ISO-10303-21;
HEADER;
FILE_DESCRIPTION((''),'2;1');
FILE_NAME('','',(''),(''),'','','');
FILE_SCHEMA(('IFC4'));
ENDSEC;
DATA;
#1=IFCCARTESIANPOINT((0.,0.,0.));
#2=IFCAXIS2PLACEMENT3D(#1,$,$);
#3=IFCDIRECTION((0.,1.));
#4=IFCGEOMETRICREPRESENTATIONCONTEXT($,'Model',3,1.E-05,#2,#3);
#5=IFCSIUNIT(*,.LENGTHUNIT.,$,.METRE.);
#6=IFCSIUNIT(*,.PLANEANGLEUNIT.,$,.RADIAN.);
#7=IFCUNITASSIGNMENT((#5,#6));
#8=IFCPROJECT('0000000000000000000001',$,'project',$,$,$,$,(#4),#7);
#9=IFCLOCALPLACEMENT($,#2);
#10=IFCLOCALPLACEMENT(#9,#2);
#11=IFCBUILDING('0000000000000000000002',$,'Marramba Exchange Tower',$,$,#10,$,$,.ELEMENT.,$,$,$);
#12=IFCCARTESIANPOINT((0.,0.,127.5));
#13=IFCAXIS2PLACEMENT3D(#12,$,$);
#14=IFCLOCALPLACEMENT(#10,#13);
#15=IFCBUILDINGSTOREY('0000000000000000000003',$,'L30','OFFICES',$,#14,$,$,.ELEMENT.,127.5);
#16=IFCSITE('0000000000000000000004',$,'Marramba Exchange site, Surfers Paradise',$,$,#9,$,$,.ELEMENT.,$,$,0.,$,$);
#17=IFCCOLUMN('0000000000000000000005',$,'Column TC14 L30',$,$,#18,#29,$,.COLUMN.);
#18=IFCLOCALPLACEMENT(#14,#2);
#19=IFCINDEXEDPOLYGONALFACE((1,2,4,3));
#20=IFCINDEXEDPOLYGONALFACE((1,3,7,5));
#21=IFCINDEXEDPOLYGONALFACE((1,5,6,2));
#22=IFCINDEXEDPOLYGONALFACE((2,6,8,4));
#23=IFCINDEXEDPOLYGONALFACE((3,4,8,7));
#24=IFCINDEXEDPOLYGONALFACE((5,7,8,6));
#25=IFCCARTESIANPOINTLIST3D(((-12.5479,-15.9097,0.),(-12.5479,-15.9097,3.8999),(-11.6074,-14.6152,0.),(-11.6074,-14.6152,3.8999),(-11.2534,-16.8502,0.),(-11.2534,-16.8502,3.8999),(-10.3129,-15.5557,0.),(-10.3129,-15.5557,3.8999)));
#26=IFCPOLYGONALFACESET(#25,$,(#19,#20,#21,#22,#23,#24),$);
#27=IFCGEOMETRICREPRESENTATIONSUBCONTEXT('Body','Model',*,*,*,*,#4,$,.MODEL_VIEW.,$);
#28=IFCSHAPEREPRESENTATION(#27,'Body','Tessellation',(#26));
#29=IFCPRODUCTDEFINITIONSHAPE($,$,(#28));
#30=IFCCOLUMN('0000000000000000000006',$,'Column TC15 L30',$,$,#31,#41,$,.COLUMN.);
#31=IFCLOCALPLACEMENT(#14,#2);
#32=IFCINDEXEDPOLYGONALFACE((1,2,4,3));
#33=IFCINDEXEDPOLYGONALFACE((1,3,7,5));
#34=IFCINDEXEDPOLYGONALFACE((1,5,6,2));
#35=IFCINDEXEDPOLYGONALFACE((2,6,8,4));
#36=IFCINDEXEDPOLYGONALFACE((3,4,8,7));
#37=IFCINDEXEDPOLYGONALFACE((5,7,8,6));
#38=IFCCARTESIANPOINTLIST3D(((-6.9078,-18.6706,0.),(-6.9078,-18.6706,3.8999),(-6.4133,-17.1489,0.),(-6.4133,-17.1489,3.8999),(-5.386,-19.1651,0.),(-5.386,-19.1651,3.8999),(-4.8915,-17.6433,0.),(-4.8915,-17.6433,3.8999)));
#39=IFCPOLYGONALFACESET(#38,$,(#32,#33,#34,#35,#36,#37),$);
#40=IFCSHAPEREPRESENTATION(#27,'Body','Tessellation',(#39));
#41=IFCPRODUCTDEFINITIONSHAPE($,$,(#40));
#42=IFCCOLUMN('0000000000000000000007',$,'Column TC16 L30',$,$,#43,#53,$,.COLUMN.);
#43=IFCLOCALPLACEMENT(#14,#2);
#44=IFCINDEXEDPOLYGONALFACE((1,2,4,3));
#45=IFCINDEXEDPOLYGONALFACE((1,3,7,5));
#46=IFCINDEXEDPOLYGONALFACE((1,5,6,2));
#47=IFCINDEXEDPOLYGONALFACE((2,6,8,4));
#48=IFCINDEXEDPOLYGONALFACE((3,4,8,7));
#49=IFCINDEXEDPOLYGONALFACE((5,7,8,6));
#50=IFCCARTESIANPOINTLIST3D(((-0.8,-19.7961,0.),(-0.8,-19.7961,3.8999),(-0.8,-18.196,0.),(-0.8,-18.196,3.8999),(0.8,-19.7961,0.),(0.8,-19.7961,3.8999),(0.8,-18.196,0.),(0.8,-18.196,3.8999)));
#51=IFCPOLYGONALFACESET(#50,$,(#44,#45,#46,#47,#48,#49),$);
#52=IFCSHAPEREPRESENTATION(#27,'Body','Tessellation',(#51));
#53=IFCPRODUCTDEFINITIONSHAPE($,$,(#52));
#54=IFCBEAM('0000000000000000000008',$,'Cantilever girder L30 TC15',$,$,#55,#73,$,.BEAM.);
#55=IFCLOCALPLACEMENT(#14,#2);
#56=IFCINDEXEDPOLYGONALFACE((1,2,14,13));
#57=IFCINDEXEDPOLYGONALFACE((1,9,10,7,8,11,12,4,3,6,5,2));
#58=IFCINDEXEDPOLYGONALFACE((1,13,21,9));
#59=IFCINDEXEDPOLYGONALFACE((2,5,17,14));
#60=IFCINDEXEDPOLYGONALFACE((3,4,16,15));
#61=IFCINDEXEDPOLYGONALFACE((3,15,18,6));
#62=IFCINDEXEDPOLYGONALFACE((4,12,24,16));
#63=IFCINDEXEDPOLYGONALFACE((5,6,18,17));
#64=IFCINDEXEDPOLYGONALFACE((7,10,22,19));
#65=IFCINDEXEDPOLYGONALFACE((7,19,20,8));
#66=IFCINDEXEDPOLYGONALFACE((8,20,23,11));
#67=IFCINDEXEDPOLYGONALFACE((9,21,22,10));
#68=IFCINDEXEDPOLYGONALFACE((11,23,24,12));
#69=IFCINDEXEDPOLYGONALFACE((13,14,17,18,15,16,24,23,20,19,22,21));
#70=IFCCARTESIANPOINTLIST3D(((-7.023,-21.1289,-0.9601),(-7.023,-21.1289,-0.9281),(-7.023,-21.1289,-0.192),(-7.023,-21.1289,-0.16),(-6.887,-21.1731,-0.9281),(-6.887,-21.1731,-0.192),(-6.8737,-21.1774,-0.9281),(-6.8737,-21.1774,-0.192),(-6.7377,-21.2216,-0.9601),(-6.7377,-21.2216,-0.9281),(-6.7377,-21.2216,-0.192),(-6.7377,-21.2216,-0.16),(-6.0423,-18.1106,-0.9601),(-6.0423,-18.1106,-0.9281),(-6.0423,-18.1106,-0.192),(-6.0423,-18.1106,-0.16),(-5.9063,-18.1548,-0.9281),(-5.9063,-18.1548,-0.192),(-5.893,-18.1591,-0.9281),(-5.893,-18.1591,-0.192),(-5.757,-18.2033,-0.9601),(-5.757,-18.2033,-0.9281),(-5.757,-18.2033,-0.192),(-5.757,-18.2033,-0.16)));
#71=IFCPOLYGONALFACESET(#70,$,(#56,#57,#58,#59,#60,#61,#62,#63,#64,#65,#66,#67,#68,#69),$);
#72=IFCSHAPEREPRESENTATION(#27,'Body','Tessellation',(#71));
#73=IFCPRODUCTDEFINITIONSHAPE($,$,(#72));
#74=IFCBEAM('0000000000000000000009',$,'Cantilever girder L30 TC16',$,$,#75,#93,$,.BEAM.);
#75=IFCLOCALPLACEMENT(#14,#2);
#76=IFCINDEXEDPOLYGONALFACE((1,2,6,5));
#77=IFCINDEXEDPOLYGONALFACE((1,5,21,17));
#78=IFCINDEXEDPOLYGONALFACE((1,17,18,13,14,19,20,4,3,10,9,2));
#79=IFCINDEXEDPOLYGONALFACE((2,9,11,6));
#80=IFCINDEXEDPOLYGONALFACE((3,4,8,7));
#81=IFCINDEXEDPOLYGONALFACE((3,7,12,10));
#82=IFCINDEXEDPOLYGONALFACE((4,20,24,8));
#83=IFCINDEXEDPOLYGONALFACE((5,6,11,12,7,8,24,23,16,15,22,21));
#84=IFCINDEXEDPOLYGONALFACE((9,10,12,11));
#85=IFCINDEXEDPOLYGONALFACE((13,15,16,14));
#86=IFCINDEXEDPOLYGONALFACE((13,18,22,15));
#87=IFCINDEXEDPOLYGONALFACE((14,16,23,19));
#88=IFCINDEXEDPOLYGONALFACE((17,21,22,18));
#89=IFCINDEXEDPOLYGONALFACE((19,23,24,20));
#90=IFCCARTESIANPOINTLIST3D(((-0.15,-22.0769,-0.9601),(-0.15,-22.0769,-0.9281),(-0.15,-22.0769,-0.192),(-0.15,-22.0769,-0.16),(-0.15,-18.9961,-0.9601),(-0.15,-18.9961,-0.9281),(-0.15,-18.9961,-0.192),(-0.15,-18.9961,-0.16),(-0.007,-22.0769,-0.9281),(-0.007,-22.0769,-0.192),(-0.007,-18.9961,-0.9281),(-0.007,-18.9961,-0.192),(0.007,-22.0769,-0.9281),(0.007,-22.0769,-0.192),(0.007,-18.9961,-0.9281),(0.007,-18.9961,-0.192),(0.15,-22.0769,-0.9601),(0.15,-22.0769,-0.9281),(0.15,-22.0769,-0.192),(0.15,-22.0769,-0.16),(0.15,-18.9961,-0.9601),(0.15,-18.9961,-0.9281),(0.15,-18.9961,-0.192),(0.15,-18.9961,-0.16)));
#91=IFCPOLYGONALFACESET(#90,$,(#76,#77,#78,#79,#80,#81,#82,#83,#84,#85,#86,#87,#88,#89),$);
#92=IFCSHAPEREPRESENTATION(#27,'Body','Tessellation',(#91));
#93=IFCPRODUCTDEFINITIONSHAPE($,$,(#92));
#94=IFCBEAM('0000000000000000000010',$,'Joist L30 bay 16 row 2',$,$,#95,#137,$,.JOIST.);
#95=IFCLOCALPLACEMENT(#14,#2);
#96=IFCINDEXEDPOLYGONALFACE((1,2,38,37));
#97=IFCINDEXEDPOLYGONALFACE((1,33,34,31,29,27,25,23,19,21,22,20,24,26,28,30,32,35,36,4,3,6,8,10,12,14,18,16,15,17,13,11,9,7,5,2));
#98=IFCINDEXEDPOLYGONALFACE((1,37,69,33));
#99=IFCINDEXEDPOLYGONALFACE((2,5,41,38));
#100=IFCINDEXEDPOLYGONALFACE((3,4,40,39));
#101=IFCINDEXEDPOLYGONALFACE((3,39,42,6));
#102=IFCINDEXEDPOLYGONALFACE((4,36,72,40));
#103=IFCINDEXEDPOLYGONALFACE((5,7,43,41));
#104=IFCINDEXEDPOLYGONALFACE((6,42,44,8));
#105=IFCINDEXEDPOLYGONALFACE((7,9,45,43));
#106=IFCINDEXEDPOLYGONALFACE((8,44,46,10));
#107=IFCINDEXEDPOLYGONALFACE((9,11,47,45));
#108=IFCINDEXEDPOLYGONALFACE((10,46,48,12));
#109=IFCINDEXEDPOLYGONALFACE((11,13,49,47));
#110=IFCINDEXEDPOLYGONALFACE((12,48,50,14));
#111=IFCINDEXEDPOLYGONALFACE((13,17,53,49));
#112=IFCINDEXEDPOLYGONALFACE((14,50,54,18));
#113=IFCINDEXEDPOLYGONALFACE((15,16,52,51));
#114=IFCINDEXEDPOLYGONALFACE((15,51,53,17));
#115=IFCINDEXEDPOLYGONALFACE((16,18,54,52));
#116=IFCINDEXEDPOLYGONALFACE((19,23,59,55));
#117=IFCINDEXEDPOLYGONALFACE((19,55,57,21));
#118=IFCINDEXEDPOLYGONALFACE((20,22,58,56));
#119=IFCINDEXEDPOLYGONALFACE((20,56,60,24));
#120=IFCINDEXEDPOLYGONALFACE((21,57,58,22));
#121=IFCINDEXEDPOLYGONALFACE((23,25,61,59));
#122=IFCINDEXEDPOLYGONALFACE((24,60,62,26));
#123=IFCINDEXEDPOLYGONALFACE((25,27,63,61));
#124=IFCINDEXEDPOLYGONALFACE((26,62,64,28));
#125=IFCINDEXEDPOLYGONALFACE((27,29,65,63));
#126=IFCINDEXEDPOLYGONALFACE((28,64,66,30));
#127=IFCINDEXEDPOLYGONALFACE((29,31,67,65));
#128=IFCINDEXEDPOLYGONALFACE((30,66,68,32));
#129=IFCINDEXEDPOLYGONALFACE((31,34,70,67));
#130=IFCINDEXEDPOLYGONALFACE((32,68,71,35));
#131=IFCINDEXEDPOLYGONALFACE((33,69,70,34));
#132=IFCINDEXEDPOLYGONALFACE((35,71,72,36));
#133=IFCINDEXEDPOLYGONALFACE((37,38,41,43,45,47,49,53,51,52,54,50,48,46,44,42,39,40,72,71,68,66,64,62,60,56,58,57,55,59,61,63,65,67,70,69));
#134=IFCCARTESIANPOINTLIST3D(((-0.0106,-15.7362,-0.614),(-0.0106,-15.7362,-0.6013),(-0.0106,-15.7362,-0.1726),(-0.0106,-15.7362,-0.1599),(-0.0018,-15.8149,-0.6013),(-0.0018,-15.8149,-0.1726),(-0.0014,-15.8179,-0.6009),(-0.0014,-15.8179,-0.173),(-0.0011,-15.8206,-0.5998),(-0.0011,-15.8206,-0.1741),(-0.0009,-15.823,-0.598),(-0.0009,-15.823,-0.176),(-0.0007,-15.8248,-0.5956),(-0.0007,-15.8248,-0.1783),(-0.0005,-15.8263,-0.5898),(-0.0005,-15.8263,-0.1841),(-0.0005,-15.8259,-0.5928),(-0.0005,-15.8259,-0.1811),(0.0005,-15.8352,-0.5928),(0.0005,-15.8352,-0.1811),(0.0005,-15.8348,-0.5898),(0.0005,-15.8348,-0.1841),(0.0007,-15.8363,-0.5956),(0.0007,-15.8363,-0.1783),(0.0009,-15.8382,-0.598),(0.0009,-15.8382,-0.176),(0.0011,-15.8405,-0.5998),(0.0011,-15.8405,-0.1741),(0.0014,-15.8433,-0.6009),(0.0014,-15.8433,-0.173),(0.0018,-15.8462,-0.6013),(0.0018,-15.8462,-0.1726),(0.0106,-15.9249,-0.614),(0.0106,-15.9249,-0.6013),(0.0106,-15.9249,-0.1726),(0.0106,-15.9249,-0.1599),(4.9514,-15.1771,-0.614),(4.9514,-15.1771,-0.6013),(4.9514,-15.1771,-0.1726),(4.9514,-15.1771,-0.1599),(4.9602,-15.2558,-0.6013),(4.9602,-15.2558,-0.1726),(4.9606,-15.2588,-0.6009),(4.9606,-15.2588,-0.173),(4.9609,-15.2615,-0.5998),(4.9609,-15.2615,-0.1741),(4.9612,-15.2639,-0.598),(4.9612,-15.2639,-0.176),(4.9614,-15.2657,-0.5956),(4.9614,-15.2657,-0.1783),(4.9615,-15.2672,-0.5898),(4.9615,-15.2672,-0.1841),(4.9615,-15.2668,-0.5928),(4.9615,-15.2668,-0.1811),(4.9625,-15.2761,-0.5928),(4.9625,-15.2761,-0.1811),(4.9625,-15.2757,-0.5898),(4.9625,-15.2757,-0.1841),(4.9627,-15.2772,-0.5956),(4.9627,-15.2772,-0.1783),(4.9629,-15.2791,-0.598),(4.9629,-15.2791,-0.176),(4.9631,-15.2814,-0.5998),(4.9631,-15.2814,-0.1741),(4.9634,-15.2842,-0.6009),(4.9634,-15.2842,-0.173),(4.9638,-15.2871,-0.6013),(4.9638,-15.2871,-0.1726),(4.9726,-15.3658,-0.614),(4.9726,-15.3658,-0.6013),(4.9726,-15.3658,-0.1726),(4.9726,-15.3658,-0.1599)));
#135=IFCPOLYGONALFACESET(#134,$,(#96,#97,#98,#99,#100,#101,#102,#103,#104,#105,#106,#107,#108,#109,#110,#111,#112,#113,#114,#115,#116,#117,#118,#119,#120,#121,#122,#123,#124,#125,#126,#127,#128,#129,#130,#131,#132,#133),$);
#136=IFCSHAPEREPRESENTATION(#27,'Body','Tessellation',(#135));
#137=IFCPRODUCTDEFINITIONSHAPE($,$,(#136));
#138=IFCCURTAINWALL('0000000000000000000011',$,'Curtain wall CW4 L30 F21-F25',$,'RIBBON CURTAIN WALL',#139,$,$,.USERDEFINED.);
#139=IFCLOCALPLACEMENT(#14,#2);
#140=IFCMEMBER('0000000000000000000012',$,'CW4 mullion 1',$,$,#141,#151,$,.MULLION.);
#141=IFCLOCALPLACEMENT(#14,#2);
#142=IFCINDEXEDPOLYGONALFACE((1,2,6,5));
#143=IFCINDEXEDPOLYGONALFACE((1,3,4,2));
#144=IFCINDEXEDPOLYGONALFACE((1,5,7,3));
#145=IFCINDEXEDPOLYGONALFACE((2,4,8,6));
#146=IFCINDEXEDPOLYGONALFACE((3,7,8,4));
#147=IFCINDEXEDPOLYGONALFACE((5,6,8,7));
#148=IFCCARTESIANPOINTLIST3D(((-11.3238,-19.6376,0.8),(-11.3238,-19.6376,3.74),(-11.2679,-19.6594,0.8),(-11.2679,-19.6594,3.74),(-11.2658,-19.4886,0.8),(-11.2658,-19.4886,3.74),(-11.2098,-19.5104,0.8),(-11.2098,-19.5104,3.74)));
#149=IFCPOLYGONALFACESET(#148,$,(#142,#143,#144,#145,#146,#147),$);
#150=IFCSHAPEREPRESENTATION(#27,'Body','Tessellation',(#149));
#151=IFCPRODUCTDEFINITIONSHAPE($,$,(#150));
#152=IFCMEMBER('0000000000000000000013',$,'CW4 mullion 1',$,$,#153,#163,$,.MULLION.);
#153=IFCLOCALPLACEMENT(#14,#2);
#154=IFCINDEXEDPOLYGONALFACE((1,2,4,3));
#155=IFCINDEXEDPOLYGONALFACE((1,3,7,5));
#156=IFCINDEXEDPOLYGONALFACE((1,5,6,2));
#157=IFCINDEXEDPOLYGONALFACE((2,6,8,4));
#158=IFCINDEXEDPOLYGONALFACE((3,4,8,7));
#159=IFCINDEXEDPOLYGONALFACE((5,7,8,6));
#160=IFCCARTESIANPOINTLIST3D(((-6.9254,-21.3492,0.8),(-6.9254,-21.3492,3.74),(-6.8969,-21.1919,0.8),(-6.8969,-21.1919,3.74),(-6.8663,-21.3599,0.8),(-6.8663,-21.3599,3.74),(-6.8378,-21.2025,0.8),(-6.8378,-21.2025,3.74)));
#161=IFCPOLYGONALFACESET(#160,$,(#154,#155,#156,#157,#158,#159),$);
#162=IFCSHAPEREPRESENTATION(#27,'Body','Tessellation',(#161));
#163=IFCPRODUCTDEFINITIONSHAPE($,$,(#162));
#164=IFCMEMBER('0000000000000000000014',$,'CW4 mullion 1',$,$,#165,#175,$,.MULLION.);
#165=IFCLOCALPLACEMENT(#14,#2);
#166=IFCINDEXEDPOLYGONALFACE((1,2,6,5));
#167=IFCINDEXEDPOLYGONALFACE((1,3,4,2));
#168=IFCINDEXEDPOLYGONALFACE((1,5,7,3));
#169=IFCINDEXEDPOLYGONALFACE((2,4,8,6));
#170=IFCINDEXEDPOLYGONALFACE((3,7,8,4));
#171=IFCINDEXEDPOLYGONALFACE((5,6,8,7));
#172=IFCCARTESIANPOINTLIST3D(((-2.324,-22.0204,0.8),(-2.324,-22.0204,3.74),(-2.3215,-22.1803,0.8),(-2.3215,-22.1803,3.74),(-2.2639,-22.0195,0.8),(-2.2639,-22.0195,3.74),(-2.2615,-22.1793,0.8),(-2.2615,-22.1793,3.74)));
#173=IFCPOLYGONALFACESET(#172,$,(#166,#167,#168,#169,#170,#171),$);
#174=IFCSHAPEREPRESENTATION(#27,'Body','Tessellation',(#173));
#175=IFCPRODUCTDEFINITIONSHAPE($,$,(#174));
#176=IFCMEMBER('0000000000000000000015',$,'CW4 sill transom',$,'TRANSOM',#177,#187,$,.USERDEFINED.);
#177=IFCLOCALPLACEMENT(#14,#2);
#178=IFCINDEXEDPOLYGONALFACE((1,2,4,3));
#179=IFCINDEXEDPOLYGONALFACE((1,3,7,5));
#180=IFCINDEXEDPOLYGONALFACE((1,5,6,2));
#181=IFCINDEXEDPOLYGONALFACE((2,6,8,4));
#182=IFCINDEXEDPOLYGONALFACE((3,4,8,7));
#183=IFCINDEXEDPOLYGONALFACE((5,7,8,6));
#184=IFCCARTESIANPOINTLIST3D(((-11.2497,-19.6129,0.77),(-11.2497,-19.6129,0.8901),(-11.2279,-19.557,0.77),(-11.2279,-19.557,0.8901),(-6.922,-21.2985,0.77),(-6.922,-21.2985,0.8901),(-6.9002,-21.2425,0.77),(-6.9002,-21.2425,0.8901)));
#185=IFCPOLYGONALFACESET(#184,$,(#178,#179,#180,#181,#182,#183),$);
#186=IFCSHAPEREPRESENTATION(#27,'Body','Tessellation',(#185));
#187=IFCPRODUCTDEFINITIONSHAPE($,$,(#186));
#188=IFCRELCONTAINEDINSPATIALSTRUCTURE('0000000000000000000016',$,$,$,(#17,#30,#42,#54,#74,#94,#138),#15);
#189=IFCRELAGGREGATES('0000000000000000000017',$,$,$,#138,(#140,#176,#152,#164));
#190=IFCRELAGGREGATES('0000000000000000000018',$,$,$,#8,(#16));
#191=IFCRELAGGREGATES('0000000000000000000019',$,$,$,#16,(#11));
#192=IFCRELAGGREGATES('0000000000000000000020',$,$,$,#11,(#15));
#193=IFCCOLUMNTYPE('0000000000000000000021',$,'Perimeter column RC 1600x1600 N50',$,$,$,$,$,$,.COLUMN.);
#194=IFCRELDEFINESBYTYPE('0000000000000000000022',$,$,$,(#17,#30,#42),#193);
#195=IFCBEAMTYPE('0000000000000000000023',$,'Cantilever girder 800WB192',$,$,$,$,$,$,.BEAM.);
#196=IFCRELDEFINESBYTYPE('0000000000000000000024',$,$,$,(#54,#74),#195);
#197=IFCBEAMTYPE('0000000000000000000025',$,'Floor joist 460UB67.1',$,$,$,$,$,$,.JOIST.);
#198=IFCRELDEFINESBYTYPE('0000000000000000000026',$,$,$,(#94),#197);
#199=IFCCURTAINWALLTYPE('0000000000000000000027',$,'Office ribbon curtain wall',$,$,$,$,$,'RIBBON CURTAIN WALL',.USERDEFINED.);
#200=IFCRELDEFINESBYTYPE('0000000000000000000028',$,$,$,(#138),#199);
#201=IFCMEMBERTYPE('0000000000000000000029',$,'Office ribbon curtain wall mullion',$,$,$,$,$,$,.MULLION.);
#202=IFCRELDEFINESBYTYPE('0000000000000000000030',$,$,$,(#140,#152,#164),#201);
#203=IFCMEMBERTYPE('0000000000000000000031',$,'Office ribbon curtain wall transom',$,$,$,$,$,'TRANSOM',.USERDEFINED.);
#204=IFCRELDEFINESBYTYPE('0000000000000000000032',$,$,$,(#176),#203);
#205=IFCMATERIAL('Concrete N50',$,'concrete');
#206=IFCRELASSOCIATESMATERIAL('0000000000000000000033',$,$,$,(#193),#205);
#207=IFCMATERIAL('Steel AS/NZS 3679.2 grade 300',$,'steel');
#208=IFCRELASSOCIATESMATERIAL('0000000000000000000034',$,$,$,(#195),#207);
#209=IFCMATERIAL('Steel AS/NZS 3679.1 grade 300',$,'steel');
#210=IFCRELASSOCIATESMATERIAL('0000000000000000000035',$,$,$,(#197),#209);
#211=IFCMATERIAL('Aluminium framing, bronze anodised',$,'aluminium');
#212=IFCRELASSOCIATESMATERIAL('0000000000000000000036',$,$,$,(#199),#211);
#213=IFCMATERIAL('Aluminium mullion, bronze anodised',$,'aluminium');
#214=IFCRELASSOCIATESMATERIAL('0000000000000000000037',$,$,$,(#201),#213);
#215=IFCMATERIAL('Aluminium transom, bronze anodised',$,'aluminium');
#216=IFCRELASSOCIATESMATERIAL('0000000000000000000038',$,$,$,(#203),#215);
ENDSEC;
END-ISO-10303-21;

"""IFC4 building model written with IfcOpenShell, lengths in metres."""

from ifc_helpers import new_model, si_unit, direction, frame, origin, origin_2d, place, context, subcontext, project, spatial, rectangle, i_section, extrude, material, material_profile, profile_set, type_object, element, aggregate, save


model = new_model("IFC4")

# Units and contexts
model_context = context("Model", 3, precision=1e-05, world=origin(), true_north=direction((0.0, 1.0)))
body_context = subcontext(model_context, "Body", "Model", "MODEL_VIEW")
ifc_project = project(units=[si_unit("LENGTHUNIT", "METRE"), si_unit("PLANEANGLEUNIT", "RADIAN")], contexts=[model_context])

# Site, building, storey
site_placement = place(None, origin())
site = spatial("IfcSite", under=ifc_project, at=site_placement, Name="Marramba Exchange site, Surfers Paradise", CompositionType="ELEMENT", RefElevation=0.0)
building_placement = place(site_placement, origin())
building = spatial("IfcBuilding", under=site, at=building_placement, Name="Marramba Exchange Tower", CompositionType="ELEMENT")
storey_placement = place(building_placement, frame((0.0, 0.0, 127.5)))
storey = spatial("IfcBuildingStorey", under=building, at=storey_placement, Name="L30", Description="OFFICES", CompositionType="ELEMENT", Elevation=127.5)

# Columns
ifc_material_1 = material(Name="Concrete N50", Category="concrete")
ifc_material_profile_1 = material_profile(ifc_material_1, rectangle(XDim=1.6001, YDim=1.6001, at=origin_2d()), Name="RC 1600x1600")
ifc_profile_set_1 = profile_set([ifc_material_profile_1], Name="Concrete N50")
column_type = type_object("IfcColumnType", Name="Perimeter column RC 1600x1600 N50", PredefinedType="COLUMN", material=ifc_profile_set_1)
for number, where, z_axis, x_axis, name in (
    (1, (-11.4304, -15.7327, 0.0), (0.0, 0.0, 1.0), (-0.587785, -0.809017, 0.0), "Column TC14 L30"),
    (2, (-5.8997, -18.157, 0.0), (0.0, 0.0, 1.0), (-0.309017, -0.951057, 0.0), "Column TC15 L30"),
    (3, (0.0, -18.9961, 0.0), (0.0, 0.0, 1.0), (0.0, -1.0, 0.0), "Column TC16 L30"),
):
    element("IfcColumn", number, at=place(storey_placement, frame(where, z_axis=z_axis, x_axis=x_axis)), inside=storey, type_object=column_type, Name=name, PredefinedType="COLUMN", context=body_context, shape_type="SweptSolid", body=[
        extrude(rectangle(XDim=1.6001, YDim=1.6001, at=origin_2d()), origin(), (0.0, 0.0, 1.0), 3.8999),
    ])

# Beams
ifc_material_2 = material(Name="Steel AS/NZS 3679.2 grade 300", Category="steel")
ifc_material_profile_2 = material_profile(ifc_material_2, i_section(OverallWidth=0.3, OverallDepth=0.8, WebThickness=0.0139, FlangeThickness=0.032, at=origin_2d()), Name="800WB192")
ifc_profile_set_2 = profile_set([ifc_material_profile_2], Name="Steel AS/NZS 3679.2 grade 300")
beam_type_1 = type_object("IfcBeamType", Name="Cantilever girder 800WB192", PredefinedType="BEAM", material=ifc_profile_set_2)
beam_1_placement = place(storey_placement, frame((-5.8997, -18.157, -0.5601), z_axis=(-0.309018, -0.951056, 0.0), x_axis=(0.951056, -0.309018, 0.0)))
element("IfcBeam", 4, at=beam_1_placement, inside=storey, type_object=beam_type_1, Name="Cantilever girder L30 TC15", PredefinedType="BEAM", context=body_context, shape_type="SweptSolid", body=[
    extrude(i_section(OverallWidth=0.3, OverallDepth=0.8, WebThickness=0.0139, FlangeThickness=0.032, at=origin_2d()), origin(), (0.0, 0.0, 1.0), 3.1736),
])
beam_2_placement = place(storey_placement, frame((0.0, -18.9961, -0.5601), z_axis=(0.0, -1.0, 0.0), x_axis=(1.0, 0.0, 0.0)))
element("IfcBeam", 5, at=beam_2_placement, inside=storey, type_object=beam_type_1, Name="Cantilever girder L30 TC16", PredefinedType="BEAM", context=body_context, shape_type="SweptSolid", body=[
    extrude(i_section(OverallWidth=0.3, OverallDepth=0.8, WebThickness=0.0139, FlangeThickness=0.032, at=origin_2d()), origin(), (0.0, 0.0, 1.0), 3.0808),
])
ifc_material_3 = material(Name="Steel AS/NZS 3679.1 grade 300", Category="steel")
ifc_material_profile_3 = material_profile(ifc_material_3, i_section(OverallWidth=0.1899, OverallDepth=0.4541, WebThickness=0.0085, FlangeThickness=0.0127, FilletRadius=0.0115, at=origin_2d()), Name="460UB67.1")
ifc_profile_set_3 = profile_set([ifc_material_profile_3], Name="Steel AS/NZS 3679.1 grade 300")
beam_type_2 = type_object("IfcBeamType", Name="Floor joist 460UB67.1", PredefinedType="JOIST", material=ifc_profile_set_3)
beam_3_placement = place(storey_placement, frame((0.0, -15.8306, -0.387), z_axis=(0.993712, 0.111966, 0.0), x_axis=(-0.111966, 0.993712, 0.0)))
element("IfcBeam", 6, at=beam_3_placement, inside=storey, type_object=beam_type_2, Name="Joist L30 bay 16 row 2", PredefinedType="JOIST", context=body_context, shape_type="SweptSolid", body=[
    extrude(i_section(OverallWidth=0.1899, OverallDepth=0.4541, WebThickness=0.0085, FlangeThickness=0.0127, FilletRadius=0.0115, at=origin_2d()), origin(), (0.0, 0.0, 1.0), 4.9934),
])

# Curtain wall, members
ifc_material_4 = material(Name="Aluminium framing, bronze anodised", Category="aluminium")
curtain_wall_type = type_object("IfcCurtainWallType", Name="Office ribbon curtain wall", ElementType="RIBBON CURTAIN WALL", PredefinedType="USERDEFINED", material=ifc_material_4)
curtain_wall_placement = place(storey_placement, origin())
curtain_wall = element("IfcCurtainWall", 7, at=curtain_wall_placement, inside=storey, type_object=curtain_wall_type, Name="Curtain wall CW4 L30 F21-F25", ObjectType="RIBBON CURTAIN WALL", PredefinedType="USERDEFINED")
ifc_material_5 = material(Name="Aluminium mullion, bronze anodised", Category="aluminium")
ifc_material_profile_4 = material_profile(ifc_material_5, rectangle(XDim=0.1599, YDim=0.0601, at=origin_2d()), Name="CW4 mullion 60x160")
ifc_profile_set_4 = profile_set([ifc_material_profile_4], Name="Aluminium mullion, bronze anodised")
member_type_1 = type_object("IfcMemberType", Name="Office ribbon curtain wall mullion", PredefinedType="MULLION", material=ifc_profile_set_4)
member_1_placement = place(storey_placement, frame((-11.2668, -19.574, 0.8), z_axis=(0.0, 0.0, 1.0), x_axis=(0.362925, 0.931818, 0.0)))
member_1 = element("IfcMember", 8, at=member_1_placement, type_object=member_type_1, Name="CW4 mullion 1", PredefinedType="MULLION", context=body_context, shape_type="SweptSolid", body=[
    extrude(rectangle(XDim=0.1599, YDim=0.0601, at=origin_2d()), origin(), (0.0, 0.0, 1.0), 2.9399),
])
member_2_placement = place(storey_placement, frame((-6.8816, -21.2759, 0.8), z_axis=(0.0, 0.0, 1.0), x_axis=(0.177992, 0.984032, 0.0)))
member_2 = element("IfcMember", 9, at=member_2_placement, type_object=member_type_1, Name="CW4 mullion 1", PredefinedType="MULLION", context=body_context, shape_type="SweptSolid", body=[
    extrude(rectangle(XDim=0.1599, YDim=0.0601, at=origin_2d()), origin(), (0.0, 0.0, 1.0), 2.9399),
])
member_3_placement = place(storey_placement, frame((-2.2927, -22.0999, 0.8), z_axis=(0.0, 0.0, 1.0), x_axis=(-0.015179, 0.999885, 0.0)))
member_3 = element("IfcMember", 10, at=member_3_placement, type_object=member_type_1, Name="CW4 mullion 1", PredefinedType="MULLION", context=body_context, shape_type="SweptSolid", body=[
    extrude(rectangle(XDim=0.1599, YDim=0.0601, at=origin_2d()), origin(), (0.0, 0.0, 1.0), 2.9399),
])
ifc_material_6 = material(Name="Aluminium transom, bronze anodised", Category="aluminium")
ifc_material_profile_5 = material_profile(ifc_material_6, rectangle(XDim=0.0601, YDim=0.1201, at=origin_2d()), Name="CW4 transom 60x120")
ifc_profile_set_5 = profile_set([ifc_material_profile_5], Name="Aluminium transom, bronze anodised")
member_type_2 = type_object("IfcMemberType", Name="Office ribbon curtain wall transom", ElementType="TRANSOM", PredefinedType="USERDEFINED", material=ifc_profile_set_5)
member_4_placement = place(storey_placement, frame((-11.2388, -19.585, 0.8301), z_axis=(0.931817, -0.362928, 0.0), x_axis=(0.362928, 0.931817, 0.0)))
member_4 = element("IfcMember", 11, at=member_4_placement, type_object=member_type_2, Name="CW4 sill transom", ObjectType="TRANSOM", PredefinedType="USERDEFINED", context=body_context, shape_type="SweptSolid", body=[
    extrude(rectangle(XDim=0.0601, YDim=0.1201, at=origin_2d()), origin(), (0.0, 0.0, 1.0), 4.6443),
])

aggregate(curtain_wall, [member_1, member_4, member_2, member_3])

save(model, "model.ifc")
